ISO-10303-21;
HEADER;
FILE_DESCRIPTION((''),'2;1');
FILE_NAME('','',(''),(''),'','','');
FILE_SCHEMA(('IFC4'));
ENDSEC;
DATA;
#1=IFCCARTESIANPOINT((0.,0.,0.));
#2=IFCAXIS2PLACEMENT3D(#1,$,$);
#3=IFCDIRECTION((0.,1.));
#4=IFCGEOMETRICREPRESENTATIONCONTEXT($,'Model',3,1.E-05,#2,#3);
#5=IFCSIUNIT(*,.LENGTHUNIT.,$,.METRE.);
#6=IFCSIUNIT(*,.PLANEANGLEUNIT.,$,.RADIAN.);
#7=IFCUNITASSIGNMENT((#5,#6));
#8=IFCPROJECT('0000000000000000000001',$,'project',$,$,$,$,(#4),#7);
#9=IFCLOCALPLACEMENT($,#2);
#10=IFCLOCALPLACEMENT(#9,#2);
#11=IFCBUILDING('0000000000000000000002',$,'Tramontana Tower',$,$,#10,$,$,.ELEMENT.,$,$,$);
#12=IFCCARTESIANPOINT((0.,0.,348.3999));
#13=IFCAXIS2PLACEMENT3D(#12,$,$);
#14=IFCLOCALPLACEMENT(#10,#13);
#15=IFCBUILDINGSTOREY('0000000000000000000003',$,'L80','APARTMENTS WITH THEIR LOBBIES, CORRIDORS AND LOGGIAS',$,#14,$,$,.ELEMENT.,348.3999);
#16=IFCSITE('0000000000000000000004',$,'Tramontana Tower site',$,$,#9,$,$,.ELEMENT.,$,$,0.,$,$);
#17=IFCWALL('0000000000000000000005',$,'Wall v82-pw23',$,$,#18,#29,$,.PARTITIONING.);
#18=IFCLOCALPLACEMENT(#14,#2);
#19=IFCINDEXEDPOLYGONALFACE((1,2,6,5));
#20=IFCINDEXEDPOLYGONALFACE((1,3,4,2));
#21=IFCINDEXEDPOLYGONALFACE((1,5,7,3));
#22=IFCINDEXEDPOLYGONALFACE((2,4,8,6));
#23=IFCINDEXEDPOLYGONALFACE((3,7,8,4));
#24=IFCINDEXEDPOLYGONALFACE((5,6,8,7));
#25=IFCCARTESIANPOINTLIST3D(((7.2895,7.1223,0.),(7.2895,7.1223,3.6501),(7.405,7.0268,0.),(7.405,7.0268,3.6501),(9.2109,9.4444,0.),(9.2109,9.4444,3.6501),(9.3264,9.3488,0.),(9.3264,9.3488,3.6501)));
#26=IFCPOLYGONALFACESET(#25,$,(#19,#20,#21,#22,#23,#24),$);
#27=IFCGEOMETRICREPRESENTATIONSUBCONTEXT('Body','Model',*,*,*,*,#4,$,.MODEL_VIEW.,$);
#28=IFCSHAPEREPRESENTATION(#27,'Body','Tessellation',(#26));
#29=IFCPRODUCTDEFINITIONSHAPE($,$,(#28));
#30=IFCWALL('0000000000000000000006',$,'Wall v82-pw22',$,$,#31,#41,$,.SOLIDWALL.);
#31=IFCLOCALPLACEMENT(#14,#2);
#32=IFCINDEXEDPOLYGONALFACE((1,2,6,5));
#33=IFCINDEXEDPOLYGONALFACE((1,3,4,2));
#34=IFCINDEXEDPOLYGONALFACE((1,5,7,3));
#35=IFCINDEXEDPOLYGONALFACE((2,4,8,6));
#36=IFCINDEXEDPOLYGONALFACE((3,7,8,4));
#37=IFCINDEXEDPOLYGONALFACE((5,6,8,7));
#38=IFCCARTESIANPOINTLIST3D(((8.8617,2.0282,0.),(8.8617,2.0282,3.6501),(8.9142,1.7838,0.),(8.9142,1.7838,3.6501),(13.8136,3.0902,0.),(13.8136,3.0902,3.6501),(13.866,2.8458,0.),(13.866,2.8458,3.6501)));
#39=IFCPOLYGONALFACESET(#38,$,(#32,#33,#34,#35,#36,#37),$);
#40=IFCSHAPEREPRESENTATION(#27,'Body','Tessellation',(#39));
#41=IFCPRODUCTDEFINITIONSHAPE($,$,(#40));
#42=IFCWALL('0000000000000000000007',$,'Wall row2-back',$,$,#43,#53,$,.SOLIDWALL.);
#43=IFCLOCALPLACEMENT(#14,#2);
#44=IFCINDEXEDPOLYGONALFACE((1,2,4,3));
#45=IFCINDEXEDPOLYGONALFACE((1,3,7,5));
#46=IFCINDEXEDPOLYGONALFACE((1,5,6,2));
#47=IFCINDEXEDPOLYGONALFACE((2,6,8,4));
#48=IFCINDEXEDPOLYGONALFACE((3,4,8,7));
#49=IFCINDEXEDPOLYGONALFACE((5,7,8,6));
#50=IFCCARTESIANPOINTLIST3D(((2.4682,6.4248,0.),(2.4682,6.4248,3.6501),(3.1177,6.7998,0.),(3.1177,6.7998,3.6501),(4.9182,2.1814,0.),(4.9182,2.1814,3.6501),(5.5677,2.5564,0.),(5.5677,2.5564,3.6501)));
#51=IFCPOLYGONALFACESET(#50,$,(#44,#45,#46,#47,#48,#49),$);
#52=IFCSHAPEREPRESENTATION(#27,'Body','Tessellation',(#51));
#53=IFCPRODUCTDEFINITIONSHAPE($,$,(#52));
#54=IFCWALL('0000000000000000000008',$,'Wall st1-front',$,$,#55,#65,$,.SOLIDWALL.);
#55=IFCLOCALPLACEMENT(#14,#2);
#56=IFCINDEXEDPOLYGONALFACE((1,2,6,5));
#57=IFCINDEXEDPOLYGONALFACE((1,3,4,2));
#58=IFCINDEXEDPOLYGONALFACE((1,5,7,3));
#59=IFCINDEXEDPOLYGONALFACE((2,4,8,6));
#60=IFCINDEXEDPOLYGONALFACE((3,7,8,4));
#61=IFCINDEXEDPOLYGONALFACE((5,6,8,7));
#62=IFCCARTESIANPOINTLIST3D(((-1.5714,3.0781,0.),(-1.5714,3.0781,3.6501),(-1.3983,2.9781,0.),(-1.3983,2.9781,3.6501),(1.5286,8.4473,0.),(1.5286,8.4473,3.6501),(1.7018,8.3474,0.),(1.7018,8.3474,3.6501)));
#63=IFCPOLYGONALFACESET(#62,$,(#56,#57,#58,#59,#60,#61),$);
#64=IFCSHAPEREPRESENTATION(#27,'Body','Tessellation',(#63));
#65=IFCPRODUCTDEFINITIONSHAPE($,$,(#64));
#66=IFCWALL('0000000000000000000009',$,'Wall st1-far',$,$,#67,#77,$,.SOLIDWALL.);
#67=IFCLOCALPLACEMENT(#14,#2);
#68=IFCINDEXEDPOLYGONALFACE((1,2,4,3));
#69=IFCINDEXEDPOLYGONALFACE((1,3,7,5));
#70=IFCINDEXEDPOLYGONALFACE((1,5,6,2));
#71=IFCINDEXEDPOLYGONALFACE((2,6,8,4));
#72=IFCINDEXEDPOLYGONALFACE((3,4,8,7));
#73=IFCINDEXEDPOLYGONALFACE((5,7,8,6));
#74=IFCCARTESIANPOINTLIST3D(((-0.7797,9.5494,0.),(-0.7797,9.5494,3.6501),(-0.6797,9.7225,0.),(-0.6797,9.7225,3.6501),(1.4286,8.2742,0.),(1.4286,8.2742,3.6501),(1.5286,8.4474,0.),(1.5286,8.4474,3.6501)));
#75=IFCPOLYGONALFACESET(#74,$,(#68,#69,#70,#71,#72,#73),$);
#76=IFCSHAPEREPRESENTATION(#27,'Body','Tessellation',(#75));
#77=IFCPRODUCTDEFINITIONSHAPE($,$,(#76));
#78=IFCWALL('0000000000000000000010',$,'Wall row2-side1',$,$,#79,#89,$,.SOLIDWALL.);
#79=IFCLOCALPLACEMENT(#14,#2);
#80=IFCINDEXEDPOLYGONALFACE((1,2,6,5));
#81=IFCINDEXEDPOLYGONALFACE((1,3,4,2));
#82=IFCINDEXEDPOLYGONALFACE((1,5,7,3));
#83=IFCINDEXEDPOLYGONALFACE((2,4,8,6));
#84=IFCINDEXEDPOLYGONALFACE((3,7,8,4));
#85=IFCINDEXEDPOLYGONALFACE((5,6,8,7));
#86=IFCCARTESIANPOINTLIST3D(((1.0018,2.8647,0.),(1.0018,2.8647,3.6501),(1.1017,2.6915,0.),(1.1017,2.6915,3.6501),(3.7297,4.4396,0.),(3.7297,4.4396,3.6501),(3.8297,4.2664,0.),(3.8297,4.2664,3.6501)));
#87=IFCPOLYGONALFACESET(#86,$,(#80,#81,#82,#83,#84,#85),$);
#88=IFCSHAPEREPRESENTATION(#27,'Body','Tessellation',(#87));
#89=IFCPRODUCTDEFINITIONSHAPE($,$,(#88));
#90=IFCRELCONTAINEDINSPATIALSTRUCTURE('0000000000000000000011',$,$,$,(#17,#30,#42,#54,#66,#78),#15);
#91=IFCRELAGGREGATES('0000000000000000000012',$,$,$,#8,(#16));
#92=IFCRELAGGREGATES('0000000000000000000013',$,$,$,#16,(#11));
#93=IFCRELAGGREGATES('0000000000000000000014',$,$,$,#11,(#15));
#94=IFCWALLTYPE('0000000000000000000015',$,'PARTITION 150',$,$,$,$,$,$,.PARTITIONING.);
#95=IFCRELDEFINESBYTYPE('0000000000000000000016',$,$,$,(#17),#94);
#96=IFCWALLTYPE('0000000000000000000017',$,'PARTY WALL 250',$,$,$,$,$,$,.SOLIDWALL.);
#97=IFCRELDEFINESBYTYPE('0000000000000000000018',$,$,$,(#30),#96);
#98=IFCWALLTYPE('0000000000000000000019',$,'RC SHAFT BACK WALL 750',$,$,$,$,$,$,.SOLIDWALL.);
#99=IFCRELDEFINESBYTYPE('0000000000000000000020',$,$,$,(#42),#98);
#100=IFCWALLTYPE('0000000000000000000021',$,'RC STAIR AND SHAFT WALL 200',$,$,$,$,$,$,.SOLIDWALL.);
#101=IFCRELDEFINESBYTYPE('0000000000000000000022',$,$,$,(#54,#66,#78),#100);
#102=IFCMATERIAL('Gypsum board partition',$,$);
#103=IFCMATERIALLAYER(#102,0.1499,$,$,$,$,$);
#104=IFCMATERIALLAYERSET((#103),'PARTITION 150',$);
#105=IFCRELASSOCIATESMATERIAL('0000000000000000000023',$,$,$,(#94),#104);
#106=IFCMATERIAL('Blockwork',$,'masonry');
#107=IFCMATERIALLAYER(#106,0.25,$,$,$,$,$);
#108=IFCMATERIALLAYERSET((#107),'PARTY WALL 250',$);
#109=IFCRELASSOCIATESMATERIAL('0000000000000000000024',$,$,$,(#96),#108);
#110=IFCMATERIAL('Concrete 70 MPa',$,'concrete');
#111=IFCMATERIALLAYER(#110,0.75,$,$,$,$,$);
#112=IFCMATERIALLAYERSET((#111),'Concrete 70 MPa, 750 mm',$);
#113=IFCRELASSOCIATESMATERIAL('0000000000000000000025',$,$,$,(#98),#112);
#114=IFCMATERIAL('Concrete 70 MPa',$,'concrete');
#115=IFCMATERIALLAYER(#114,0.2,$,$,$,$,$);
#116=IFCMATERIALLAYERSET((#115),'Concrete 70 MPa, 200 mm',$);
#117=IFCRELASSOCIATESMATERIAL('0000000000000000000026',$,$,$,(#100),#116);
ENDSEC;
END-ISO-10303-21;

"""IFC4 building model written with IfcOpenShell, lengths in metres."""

from ifc_helpers import new_model, si_unit, direction, frame, frame_2d, origin, place, context, subcontext, project, spatial, rectangle, extrude, material, layer, layer_set, type_object, element, save


model = new_model("IFC4")

# Units and contexts
model_context = context("Model", 3, precision=1e-05, world=origin(), true_north=direction((0.0, 1.0)))
body_context = subcontext(model_context, "Body", "Model", "MODEL_VIEW")
ifc_project = project(units=[si_unit("LENGTHUNIT", "METRE"), si_unit("PLANEANGLEUNIT", "RADIAN")], contexts=[model_context])

# Site, building, storey
site_placement = place(None, origin())
site = spatial("IfcSite", under=ifc_project, at=site_placement, Name="Tramontana Tower site", CompositionType="ELEMENT", RefElevation=0.0)
building_placement = place(site_placement, origin())
building = spatial("IfcBuilding", under=site, at=building_placement, Name="Tramontana Tower", CompositionType="ELEMENT")
storey_placement = place(building_placement, frame((0.0, 0.0, 348.3999)))
storey = spatial("IfcBuildingStorey", under=building, at=storey_placement, Name="L80", Description="APARTMENTS WITH THEIR LOBBIES, CORRIDORS AND LOGGIAS", CompositionType="ELEMENT", Elevation=348.3999)

# Shared definitions
ifc_material_1 = material(Name="Gypsum board partition")
ifc_layer_1 = layer(ifc_material_1, 0.1499)
ifc_layer_set_1 = layer_set([ifc_layer_1], Name="PARTITION 150")
wall_type_1 = type_object("IfcWallType", Name="PARTITION 150", PredefinedType="PARTITIONING", material=ifc_layer_set_1)

# Walls
wall_1_placement = place(storey_placement, frame((9.2686, 9.3965, 0.0), z_axis=(0.0, 0.0, 1.0), x_axis=(-0.637511, -0.770441, 0.0)))
element("IfcWall", 1, at=wall_1_placement, inside=storey, type_object=wall_type_1, Name="Wall v82-pw23", PredefinedType="PARTITIONING", context=body_context, shape_type="SweptSolid", body=[
    extrude(rectangle(XDim=3.0139, YDim=0.1499, at=frame_2d((1.5068, 0.0))), origin(), (0.0, 0.0, 1.0), 3.6501),
])
ifc_material_2 = material(Name="Blockwork", Category="masonry")
ifc_layer_2 = layer(ifc_material_2, 0.25)
ifc_layer_set_2 = layer_set([ifc_layer_2], Name="PARTY WALL 250")
wall_type_2 = type_object("IfcWallType", Name="PARTY WALL 250", PredefinedType="SOLIDWALL", material=ifc_layer_set_2)
wall_2_placement = place(storey_placement, frame((8.8879, 1.906, 0.0), z_axis=(0.0, 0.0, 1.0), x_axis=(0.977766, 0.209697, 0.0)))
element("IfcWall", 2, at=wall_2_placement, inside=storey, type_object=wall_type_2, Name="Wall v82-pw22", PredefinedType="SOLIDWALL", context=body_context, shape_type="SweptSolid", body=[
    extrude(rectangle(XDim=5.0645, YDim=0.25, at=frame_2d((2.5322, 0.0))), origin(), (0.0, 0.0, 1.0), 3.6501),
])
ifc_material_3 = material(Name="Concrete 70 MPa", Category="concrete")
ifc_layer_3 = layer(ifc_material_3, 0.75)
ifc_layer_set_3 = layer_set([ifc_layer_3], Name="Concrete 70 MPa, 750 mm")
wall_type_3 = type_object("IfcWallType", Name="RC SHAFT BACK WALL 750", PredefinedType="SOLIDWALL", material=ifc_layer_set_3)
wall_3_placement = place(storey_placement, frame((5.2429, 2.3689, 0.0), z_axis=(0.0, 0.0, 1.0), x_axis=(-0.500003, 0.866024, 0.0)))
element("IfcWall", 3, at=wall_3_placement, inside=storey, type_object=wall_type_3, Name="Wall row2-back", PredefinedType="SOLIDWALL", context=body_context, shape_type="SweptSolid", body=[
    extrude(rectangle(XDim=4.8999, YDim=0.75, at=frame_2d((2.45, 0.0))), origin(), (0.0, 0.0, 1.0), 3.6501),
])
ifc_material_4 = material(Name="Concrete 70 MPa", Category="concrete")
ifc_layer_4 = layer(ifc_material_4, 0.2)
ifc_layer_set_4 = layer_set([ifc_layer_4], Name="Concrete 70 MPa, 200 mm")
wall_type_4 = type_object("IfcWallType", Name="RC STAIR AND SHAFT WALL 200", PredefinedType="SOLIDWALL", material=ifc_layer_set_4)
wall_4_placement = place(storey_placement, frame((1.6152, 8.3975, 0.0), z_axis=(0.0, 0.0, 1.0), x_axis=(-0.50001, -0.86602, 0.0)))
element("IfcWall", 4, at=wall_4_placement, inside=storey, type_object=wall_type_4, Name="Wall st1-front", PredefinedType="SOLIDWALL", context=body_context, shape_type="SweptSolid", body=[
    extrude(rectangle(XDim=6.2, YDim=0.2, at=frame_2d((3.1001, 0.0))), origin(), (0.0, 0.0, 1.0), 3.6501),
])
wall_5_placement = place(storey_placement, frame((1.4785, 8.3608, 0.0), z_axis=(0.0, 0.0, 1.0), x_axis=(-0.865989, 0.500062, 0.0)))
element("IfcWall", 5, at=wall_5_placement, inside=storey, type_object=wall_type_4, Name="Wall st1-far", PredefinedType="SOLIDWALL", context=body_context, shape_type="SweptSolid", body=[
    extrude(rectangle(XDim=2.55, YDim=0.2, at=frame_2d((1.2749, 0.0))), origin(), (0.0, 0.0, 1.0), 3.6501),
])
wall_6_placement = place(storey_placement, frame((1.0518, 2.7781, 0.0), z_axis=(0.0, 0.0, 1.0), x_axis=(0.866036, 0.499982, 0.0)))
element("IfcWall", 6, at=wall_6_placement, inside=storey, type_object=wall_type_4, Name="Wall row2-side1", PredefinedType="SOLIDWALL", context=body_context, shape_type="SweptSolid", body=[
    extrude(rectangle(XDim=3.1499, YDim=0.2, at=frame_2d((1.575, 0.0))), origin(), (0.0, 0.0, 1.0), 3.6501),
])

save(model, "model.ifc")
